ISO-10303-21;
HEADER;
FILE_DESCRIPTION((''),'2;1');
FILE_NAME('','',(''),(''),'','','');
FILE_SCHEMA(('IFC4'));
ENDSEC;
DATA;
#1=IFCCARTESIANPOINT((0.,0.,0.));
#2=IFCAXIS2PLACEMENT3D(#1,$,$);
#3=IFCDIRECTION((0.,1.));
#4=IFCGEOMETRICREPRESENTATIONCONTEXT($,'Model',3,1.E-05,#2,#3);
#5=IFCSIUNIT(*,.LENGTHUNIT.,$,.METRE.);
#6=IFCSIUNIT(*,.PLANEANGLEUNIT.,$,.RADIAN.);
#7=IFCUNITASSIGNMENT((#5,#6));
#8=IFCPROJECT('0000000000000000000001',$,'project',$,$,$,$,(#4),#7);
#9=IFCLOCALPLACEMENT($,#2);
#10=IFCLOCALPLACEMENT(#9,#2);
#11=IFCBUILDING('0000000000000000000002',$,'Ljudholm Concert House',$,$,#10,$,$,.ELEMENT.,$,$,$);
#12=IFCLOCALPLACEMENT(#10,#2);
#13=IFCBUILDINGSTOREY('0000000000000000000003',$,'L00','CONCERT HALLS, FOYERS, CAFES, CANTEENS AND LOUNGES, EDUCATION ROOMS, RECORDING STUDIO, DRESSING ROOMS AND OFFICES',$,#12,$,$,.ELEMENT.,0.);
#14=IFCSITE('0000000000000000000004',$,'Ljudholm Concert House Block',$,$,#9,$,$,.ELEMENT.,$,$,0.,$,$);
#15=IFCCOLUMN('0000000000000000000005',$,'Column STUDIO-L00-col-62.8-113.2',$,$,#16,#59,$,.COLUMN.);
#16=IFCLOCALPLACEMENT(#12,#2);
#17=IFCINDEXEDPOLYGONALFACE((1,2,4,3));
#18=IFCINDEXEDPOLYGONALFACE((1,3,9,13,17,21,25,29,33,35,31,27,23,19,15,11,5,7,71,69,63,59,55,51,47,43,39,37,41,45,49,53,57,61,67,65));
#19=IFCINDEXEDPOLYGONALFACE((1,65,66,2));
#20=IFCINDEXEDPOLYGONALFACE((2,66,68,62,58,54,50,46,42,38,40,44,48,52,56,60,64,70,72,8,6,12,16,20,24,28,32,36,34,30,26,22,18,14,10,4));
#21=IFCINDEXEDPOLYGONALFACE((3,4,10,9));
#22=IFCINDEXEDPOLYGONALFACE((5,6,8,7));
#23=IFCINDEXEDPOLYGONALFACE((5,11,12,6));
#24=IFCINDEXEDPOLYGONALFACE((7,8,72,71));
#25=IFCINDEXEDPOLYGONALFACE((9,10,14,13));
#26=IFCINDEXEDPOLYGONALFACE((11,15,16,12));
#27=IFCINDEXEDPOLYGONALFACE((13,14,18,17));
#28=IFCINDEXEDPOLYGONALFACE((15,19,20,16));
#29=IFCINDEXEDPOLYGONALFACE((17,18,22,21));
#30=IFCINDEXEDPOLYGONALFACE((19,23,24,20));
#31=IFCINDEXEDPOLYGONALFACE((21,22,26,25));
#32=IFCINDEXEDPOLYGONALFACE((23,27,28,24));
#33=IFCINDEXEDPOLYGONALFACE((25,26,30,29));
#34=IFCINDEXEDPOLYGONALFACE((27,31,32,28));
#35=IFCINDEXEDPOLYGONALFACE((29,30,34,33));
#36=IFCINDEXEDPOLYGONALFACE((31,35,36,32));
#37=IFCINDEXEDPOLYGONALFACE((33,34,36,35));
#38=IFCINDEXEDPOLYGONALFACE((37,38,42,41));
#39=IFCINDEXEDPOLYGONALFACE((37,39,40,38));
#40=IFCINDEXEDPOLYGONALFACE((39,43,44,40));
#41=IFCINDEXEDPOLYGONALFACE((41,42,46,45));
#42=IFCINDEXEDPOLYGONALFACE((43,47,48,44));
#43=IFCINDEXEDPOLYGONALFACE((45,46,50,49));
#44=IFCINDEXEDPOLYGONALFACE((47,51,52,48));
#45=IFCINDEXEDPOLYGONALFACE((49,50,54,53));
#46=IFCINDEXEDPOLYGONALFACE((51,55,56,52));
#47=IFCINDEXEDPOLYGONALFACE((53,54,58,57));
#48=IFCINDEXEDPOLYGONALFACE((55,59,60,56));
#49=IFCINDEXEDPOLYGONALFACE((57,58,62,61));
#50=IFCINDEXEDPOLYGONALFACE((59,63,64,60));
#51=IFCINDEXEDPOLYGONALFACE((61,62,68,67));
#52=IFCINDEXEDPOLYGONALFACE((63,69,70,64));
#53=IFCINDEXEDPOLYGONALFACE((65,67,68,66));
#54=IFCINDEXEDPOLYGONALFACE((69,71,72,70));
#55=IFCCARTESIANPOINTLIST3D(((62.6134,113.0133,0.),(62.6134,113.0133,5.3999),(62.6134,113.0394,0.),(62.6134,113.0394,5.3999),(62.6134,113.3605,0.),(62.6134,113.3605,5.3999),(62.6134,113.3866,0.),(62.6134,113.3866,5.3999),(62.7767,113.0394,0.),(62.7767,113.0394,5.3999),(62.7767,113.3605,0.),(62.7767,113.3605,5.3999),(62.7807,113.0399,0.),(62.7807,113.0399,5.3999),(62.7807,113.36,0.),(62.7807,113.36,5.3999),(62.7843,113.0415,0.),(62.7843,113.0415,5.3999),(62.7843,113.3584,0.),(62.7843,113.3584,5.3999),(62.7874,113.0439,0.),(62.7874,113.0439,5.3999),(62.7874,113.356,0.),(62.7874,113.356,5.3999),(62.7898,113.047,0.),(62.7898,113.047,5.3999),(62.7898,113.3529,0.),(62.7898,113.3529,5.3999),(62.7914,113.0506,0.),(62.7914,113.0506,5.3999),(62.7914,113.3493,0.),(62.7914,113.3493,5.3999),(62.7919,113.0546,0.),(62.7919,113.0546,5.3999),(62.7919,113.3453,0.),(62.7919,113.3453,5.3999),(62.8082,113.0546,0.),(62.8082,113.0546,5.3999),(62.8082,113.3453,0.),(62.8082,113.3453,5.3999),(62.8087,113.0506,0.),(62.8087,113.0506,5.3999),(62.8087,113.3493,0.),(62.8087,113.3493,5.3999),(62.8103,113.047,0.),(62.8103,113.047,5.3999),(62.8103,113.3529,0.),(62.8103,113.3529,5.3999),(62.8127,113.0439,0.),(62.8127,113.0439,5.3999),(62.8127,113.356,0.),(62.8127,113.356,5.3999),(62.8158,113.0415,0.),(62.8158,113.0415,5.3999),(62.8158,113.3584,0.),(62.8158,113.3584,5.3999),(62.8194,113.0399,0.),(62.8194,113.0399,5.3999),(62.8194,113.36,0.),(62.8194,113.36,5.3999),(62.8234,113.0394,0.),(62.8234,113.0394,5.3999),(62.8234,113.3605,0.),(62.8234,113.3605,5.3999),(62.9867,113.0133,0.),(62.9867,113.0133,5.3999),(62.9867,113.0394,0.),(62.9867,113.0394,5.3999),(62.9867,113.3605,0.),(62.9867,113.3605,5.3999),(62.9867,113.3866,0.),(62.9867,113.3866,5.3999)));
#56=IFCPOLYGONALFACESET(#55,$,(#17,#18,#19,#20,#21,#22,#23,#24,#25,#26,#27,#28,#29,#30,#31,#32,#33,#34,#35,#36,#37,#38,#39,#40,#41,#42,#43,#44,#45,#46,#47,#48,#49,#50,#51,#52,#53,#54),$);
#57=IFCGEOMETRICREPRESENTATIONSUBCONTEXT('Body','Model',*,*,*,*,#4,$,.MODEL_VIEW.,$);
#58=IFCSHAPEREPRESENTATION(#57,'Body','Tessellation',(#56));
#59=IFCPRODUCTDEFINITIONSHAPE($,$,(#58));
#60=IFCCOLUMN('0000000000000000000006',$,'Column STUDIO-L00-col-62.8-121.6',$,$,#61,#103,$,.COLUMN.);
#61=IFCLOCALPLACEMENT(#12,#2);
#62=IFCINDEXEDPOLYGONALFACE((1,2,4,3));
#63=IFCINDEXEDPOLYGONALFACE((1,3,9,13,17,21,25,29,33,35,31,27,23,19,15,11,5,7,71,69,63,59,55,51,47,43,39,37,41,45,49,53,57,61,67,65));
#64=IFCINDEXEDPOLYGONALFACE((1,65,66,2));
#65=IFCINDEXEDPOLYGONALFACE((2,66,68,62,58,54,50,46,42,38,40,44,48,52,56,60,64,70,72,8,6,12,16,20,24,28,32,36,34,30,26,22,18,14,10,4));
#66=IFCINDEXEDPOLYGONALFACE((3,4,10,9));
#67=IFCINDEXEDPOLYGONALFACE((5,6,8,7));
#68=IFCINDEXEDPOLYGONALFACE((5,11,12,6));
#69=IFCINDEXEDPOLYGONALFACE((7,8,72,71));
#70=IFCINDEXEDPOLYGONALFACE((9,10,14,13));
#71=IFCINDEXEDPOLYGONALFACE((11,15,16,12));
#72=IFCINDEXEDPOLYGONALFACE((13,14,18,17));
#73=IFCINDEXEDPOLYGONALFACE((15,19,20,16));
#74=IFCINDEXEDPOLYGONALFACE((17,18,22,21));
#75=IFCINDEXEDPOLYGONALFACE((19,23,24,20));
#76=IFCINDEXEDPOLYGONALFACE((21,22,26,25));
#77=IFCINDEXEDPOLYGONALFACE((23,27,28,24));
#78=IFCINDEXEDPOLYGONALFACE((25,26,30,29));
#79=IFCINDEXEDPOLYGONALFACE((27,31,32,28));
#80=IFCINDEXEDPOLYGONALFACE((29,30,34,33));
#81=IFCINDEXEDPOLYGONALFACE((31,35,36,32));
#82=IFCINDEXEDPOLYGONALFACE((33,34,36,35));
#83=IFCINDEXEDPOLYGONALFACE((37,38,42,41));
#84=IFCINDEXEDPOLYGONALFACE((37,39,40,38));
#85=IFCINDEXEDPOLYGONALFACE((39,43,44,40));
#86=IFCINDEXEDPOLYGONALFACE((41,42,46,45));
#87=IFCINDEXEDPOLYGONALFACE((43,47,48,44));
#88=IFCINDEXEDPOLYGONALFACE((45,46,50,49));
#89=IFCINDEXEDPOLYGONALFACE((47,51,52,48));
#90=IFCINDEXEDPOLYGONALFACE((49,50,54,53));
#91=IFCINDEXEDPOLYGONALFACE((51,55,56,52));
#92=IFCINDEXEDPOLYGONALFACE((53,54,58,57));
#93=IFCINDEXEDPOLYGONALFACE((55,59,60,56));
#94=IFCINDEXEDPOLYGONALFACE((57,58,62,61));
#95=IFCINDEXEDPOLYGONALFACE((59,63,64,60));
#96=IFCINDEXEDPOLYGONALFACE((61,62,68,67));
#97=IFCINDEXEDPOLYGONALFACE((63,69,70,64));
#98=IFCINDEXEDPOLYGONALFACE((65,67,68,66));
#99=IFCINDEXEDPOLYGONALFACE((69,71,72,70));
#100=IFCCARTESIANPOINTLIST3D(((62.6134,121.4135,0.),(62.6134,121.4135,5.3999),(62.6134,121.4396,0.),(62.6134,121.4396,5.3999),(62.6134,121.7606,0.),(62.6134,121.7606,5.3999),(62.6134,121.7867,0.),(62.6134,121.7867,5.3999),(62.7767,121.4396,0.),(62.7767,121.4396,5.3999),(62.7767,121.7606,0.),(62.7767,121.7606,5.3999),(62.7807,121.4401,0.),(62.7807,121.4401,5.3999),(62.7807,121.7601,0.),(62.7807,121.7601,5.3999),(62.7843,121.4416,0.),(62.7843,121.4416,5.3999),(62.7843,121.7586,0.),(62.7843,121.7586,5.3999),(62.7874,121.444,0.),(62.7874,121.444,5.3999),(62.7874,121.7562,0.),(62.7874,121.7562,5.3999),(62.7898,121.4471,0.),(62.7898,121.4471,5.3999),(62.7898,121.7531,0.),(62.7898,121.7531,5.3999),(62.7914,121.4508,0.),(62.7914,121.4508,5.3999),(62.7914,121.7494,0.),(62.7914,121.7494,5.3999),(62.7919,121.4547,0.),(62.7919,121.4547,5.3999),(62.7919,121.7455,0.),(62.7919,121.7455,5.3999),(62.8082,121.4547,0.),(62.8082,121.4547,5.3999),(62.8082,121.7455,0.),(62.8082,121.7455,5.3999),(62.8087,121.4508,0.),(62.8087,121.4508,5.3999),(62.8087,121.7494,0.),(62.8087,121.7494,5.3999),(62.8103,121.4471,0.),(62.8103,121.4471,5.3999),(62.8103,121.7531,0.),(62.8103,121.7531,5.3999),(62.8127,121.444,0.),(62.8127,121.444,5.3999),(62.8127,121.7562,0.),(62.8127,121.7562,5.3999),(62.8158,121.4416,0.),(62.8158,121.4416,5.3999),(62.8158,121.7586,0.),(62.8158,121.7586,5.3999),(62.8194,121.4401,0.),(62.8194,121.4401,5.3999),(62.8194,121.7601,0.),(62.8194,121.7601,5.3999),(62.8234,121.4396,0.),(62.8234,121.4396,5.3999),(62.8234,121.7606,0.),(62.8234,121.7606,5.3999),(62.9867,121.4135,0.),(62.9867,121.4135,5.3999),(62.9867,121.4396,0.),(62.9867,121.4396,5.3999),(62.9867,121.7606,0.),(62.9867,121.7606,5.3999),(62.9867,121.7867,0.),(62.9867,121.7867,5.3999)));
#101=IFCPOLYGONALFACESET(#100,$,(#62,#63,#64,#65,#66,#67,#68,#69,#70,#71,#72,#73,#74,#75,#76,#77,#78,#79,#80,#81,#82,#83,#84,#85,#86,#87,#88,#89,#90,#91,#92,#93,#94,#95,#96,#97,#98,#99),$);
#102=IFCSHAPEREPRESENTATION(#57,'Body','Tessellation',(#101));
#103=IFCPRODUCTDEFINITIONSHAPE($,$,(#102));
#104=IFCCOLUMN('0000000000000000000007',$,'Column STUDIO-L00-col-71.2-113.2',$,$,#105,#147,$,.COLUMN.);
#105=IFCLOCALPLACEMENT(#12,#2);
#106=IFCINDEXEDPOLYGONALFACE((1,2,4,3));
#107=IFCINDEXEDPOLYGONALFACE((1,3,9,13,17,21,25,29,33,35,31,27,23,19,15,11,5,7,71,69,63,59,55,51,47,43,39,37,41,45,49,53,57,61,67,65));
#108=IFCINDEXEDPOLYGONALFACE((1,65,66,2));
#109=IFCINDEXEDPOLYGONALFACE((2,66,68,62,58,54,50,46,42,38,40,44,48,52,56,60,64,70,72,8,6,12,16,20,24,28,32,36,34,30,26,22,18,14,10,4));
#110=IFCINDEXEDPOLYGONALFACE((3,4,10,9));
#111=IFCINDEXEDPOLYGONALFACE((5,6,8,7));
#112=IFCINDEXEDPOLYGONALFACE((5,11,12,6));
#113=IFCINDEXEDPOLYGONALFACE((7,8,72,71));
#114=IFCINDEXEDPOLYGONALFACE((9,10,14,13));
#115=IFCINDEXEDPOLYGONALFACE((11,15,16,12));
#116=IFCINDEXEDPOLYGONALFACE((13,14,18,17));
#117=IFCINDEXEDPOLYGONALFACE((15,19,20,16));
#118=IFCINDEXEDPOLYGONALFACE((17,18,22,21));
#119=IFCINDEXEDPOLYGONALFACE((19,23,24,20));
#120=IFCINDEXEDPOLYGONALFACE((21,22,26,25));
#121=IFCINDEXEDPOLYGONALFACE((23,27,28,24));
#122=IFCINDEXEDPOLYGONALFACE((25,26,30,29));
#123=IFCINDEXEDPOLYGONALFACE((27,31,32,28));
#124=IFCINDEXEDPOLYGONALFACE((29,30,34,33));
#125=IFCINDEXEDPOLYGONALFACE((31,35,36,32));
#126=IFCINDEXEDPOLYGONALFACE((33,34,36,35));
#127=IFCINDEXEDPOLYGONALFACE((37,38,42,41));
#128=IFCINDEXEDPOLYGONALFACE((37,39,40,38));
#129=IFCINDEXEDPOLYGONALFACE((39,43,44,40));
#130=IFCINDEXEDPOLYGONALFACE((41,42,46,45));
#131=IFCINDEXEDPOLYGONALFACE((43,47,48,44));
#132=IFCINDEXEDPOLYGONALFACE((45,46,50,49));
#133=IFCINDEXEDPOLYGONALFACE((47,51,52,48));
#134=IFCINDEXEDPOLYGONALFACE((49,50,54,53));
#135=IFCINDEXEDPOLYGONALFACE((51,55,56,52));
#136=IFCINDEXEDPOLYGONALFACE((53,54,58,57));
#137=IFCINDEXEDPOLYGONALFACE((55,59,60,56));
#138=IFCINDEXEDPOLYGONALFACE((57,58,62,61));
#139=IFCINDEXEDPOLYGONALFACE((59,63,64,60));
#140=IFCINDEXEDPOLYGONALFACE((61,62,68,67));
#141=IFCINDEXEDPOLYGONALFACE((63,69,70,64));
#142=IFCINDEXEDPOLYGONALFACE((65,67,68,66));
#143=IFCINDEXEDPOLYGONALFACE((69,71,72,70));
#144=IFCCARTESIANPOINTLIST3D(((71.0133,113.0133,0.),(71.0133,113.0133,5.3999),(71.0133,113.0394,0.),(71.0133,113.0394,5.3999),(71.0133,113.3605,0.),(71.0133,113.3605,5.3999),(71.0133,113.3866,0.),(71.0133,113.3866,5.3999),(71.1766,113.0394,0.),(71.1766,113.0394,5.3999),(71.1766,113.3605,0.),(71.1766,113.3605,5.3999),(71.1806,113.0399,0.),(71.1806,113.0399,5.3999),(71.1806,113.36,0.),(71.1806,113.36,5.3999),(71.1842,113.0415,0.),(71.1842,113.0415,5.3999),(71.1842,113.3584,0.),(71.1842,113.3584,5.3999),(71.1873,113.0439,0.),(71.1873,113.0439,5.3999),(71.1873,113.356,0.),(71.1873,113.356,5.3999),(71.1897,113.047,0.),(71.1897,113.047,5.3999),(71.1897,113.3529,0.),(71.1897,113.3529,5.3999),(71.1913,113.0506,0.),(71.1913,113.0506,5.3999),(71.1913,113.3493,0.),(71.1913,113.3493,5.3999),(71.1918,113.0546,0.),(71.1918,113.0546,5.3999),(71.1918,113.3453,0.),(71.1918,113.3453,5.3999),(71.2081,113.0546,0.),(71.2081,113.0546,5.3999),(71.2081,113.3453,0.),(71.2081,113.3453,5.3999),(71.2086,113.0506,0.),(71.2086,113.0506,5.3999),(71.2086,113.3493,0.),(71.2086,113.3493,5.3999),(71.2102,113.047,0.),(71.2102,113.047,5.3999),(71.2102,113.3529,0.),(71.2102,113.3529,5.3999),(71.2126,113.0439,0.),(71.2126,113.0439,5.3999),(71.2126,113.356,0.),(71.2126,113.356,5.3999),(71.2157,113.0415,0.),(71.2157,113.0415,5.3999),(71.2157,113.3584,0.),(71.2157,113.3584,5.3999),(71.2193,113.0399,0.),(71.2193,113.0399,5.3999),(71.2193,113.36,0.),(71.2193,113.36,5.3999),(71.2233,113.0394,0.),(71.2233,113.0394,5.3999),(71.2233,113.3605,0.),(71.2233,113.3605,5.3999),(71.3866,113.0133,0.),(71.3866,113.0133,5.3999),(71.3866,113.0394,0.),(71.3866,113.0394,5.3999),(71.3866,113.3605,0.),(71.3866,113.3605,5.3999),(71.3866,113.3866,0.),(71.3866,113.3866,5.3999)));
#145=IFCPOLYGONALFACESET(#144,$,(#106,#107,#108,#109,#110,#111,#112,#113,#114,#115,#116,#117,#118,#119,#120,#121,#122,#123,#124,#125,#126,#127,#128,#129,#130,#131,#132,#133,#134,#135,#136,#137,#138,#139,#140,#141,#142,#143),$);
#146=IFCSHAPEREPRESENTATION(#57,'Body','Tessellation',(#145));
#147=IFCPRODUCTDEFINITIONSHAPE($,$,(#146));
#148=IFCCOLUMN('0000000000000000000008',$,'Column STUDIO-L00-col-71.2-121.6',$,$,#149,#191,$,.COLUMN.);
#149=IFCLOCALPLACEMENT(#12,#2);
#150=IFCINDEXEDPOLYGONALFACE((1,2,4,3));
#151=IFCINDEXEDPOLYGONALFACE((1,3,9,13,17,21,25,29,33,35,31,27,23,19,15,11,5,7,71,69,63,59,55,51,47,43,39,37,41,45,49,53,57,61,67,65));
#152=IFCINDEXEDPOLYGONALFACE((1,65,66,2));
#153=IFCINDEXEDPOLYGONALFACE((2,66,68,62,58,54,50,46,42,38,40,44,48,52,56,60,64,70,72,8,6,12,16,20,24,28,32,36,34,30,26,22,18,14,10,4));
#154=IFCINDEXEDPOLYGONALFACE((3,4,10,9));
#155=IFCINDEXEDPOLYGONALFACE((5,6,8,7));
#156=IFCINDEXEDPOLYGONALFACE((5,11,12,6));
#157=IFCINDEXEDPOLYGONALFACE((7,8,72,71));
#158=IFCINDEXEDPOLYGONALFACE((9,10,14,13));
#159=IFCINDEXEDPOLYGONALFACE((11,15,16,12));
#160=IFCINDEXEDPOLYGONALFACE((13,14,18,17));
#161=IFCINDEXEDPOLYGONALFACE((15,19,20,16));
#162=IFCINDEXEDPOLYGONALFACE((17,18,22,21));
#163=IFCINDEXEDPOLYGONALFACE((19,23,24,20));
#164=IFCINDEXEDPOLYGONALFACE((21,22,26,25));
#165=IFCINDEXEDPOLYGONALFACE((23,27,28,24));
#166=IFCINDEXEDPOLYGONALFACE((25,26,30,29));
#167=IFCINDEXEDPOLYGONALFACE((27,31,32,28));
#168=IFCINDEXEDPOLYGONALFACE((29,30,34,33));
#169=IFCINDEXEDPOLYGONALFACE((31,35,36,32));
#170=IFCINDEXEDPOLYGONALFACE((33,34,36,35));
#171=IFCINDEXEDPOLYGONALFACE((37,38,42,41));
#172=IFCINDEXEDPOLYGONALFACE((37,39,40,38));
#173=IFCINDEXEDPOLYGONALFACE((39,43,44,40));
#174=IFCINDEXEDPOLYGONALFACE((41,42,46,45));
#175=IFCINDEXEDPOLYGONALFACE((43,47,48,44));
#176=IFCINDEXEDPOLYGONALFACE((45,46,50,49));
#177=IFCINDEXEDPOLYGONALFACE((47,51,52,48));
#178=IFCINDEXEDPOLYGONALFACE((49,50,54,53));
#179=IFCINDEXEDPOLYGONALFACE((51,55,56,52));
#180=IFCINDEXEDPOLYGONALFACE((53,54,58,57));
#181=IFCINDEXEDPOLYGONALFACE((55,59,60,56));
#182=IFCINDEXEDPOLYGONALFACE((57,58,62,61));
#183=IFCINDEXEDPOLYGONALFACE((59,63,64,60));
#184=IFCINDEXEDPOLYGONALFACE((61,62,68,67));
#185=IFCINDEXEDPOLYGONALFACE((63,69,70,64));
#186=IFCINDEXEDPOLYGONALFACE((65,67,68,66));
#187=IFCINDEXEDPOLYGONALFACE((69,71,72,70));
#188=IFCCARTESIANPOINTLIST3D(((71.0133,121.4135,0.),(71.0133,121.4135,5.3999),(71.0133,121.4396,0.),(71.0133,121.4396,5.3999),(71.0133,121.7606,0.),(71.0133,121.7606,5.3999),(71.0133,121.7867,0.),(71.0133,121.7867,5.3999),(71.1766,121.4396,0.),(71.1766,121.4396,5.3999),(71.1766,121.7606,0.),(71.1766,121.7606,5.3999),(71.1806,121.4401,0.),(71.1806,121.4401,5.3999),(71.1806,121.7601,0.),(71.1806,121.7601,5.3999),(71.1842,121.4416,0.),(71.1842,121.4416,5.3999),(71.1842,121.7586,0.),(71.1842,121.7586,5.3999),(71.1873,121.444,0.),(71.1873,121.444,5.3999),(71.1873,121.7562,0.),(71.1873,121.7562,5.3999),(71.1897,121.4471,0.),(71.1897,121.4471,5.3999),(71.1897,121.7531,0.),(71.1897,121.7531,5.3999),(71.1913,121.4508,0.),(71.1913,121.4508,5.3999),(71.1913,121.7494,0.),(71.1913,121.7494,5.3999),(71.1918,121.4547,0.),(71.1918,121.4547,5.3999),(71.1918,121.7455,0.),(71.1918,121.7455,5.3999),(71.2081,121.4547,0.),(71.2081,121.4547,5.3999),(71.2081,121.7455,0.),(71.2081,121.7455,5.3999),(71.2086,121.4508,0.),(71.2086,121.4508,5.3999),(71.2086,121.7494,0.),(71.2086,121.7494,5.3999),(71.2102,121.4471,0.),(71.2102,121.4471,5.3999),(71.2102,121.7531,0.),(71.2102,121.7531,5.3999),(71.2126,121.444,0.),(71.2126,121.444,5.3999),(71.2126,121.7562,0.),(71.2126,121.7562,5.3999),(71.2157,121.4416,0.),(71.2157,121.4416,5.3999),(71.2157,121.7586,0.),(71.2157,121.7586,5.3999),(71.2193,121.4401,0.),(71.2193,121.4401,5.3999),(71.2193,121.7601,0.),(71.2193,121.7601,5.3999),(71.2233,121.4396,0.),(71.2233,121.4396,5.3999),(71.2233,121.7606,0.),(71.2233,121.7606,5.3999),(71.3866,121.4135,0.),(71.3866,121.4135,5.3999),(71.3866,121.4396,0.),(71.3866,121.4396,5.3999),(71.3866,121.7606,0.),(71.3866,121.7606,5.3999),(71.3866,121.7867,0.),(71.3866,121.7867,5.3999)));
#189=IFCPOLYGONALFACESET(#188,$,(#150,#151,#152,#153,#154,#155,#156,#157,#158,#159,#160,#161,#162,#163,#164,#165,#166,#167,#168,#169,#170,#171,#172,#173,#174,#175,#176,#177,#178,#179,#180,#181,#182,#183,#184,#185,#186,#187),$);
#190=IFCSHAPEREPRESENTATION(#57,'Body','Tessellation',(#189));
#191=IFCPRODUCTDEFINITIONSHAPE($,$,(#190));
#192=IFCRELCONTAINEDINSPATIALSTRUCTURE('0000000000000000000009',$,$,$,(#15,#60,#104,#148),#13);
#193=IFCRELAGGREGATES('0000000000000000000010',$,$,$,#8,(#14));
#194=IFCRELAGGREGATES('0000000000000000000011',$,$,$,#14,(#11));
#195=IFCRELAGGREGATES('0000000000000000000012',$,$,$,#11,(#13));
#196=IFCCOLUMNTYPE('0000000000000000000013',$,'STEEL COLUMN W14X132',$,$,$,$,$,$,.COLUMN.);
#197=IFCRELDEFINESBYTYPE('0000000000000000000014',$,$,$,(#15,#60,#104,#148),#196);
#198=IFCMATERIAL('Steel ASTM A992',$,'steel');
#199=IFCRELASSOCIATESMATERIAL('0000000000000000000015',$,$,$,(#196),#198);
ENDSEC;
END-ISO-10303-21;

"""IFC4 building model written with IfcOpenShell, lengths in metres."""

from ifc_helpers import new_model, si_unit, direction, frame, origin, origin_2d, place, context, subcontext, project, spatial, i_section, extrude, material, material_profile, profile_set, type_object, element, save


model = new_model("IFC4")

# Units and contexts
model_context = context("Model", 3, precision=1e-05, world=origin(), true_north=direction((0.0, 1.0)))
body_context = subcontext(model_context, "Body", "Model", "MODEL_VIEW")
ifc_project = project(units=[si_unit("LENGTHUNIT", "METRE"), si_unit("PLANEANGLEUNIT", "RADIAN")], contexts=[model_context])

# Site, building, storey
site_placement = place(None, origin())
site = spatial("IfcSite", under=ifc_project, at=site_placement, Name="Ljudholm Concert House Block", CompositionType="ELEMENT", RefElevation=0.0)
building_placement = place(site_placement, origin())
building = spatial("IfcBuilding", under=site, at=building_placement, Name="Ljudholm Concert House", CompositionType="ELEMENT")
storey_placement = place(building_placement, origin())
storey = spatial("IfcBuildingStorey", under=building, at=storey_placement, Name="L00", Description="CONCERT HALLS, FOYERS, CAFES, CANTEENS AND LOUNGES, EDUCATION ROOMS, RECORDING STUDIO, DRESSING ROOMS AND OFFICES", CompositionType="ELEMENT", Elevation=0.0)

# Columns
ifc_material_1 = material(Name="Steel ASTM A992", Category="steel")
ifc_material_profile_1 = material_profile(ifc_material_1, i_section(OverallWidth=0.3733, OverallDepth=0.3733, WebThickness=0.0164, FlangeThickness=0.0261, FilletRadius=0.0151, at=origin_2d()), Name="W14X132")
ifc_profile_set_1 = profile_set([ifc_material_profile_1], Name="Steel ASTM A992")
column_type = type_object("IfcColumnType", Name="STEEL COLUMN W14X132", PredefinedType="COLUMN", material=ifc_profile_set_1)
for number, where, z_axis, x_axis, name in (
    (1, (62.8, 113.2, 0.0), (0.0, 0.0, 1.0), (1.0, 0.0, 0.0), "Column STUDIO-L00-col-62.8-113.2"),
    (2, (62.8, 121.6001, 0.0), (0.0, 0.0, 1.0), (1.0, 0.0, 0.0), "Column STUDIO-L00-col-62.8-121.6"),
    (3, (71.2, 113.2, 0.0), (0.0, 0.0, 1.0), (1.0, 0.0, 0.0), "Column STUDIO-L00-col-71.2-113.2"),
    (4, (71.2, 121.6001, 0.0), (0.0, 0.0, 1.0), (1.0, 0.0, 0.0), "Column STUDIO-L00-col-71.2-121.6"),
):
    element("IfcColumn", number, at=place(storey_placement, frame(where, z_axis=z_axis, x_axis=x_axis)), inside=storey, type_object=column_type, Name=name, PredefinedType="COLUMN", context=body_context, shape_type="SweptSolid", body=[
        extrude(i_section(OverallWidth=0.3733, OverallDepth=0.3733, WebThickness=0.0164, FlangeThickness=0.0261, FilletRadius=0.0151, at=origin_2d()), origin(), (0.0, 0.0, 1.0), 5.3999),
    ])

save(model, "model.ifc")
